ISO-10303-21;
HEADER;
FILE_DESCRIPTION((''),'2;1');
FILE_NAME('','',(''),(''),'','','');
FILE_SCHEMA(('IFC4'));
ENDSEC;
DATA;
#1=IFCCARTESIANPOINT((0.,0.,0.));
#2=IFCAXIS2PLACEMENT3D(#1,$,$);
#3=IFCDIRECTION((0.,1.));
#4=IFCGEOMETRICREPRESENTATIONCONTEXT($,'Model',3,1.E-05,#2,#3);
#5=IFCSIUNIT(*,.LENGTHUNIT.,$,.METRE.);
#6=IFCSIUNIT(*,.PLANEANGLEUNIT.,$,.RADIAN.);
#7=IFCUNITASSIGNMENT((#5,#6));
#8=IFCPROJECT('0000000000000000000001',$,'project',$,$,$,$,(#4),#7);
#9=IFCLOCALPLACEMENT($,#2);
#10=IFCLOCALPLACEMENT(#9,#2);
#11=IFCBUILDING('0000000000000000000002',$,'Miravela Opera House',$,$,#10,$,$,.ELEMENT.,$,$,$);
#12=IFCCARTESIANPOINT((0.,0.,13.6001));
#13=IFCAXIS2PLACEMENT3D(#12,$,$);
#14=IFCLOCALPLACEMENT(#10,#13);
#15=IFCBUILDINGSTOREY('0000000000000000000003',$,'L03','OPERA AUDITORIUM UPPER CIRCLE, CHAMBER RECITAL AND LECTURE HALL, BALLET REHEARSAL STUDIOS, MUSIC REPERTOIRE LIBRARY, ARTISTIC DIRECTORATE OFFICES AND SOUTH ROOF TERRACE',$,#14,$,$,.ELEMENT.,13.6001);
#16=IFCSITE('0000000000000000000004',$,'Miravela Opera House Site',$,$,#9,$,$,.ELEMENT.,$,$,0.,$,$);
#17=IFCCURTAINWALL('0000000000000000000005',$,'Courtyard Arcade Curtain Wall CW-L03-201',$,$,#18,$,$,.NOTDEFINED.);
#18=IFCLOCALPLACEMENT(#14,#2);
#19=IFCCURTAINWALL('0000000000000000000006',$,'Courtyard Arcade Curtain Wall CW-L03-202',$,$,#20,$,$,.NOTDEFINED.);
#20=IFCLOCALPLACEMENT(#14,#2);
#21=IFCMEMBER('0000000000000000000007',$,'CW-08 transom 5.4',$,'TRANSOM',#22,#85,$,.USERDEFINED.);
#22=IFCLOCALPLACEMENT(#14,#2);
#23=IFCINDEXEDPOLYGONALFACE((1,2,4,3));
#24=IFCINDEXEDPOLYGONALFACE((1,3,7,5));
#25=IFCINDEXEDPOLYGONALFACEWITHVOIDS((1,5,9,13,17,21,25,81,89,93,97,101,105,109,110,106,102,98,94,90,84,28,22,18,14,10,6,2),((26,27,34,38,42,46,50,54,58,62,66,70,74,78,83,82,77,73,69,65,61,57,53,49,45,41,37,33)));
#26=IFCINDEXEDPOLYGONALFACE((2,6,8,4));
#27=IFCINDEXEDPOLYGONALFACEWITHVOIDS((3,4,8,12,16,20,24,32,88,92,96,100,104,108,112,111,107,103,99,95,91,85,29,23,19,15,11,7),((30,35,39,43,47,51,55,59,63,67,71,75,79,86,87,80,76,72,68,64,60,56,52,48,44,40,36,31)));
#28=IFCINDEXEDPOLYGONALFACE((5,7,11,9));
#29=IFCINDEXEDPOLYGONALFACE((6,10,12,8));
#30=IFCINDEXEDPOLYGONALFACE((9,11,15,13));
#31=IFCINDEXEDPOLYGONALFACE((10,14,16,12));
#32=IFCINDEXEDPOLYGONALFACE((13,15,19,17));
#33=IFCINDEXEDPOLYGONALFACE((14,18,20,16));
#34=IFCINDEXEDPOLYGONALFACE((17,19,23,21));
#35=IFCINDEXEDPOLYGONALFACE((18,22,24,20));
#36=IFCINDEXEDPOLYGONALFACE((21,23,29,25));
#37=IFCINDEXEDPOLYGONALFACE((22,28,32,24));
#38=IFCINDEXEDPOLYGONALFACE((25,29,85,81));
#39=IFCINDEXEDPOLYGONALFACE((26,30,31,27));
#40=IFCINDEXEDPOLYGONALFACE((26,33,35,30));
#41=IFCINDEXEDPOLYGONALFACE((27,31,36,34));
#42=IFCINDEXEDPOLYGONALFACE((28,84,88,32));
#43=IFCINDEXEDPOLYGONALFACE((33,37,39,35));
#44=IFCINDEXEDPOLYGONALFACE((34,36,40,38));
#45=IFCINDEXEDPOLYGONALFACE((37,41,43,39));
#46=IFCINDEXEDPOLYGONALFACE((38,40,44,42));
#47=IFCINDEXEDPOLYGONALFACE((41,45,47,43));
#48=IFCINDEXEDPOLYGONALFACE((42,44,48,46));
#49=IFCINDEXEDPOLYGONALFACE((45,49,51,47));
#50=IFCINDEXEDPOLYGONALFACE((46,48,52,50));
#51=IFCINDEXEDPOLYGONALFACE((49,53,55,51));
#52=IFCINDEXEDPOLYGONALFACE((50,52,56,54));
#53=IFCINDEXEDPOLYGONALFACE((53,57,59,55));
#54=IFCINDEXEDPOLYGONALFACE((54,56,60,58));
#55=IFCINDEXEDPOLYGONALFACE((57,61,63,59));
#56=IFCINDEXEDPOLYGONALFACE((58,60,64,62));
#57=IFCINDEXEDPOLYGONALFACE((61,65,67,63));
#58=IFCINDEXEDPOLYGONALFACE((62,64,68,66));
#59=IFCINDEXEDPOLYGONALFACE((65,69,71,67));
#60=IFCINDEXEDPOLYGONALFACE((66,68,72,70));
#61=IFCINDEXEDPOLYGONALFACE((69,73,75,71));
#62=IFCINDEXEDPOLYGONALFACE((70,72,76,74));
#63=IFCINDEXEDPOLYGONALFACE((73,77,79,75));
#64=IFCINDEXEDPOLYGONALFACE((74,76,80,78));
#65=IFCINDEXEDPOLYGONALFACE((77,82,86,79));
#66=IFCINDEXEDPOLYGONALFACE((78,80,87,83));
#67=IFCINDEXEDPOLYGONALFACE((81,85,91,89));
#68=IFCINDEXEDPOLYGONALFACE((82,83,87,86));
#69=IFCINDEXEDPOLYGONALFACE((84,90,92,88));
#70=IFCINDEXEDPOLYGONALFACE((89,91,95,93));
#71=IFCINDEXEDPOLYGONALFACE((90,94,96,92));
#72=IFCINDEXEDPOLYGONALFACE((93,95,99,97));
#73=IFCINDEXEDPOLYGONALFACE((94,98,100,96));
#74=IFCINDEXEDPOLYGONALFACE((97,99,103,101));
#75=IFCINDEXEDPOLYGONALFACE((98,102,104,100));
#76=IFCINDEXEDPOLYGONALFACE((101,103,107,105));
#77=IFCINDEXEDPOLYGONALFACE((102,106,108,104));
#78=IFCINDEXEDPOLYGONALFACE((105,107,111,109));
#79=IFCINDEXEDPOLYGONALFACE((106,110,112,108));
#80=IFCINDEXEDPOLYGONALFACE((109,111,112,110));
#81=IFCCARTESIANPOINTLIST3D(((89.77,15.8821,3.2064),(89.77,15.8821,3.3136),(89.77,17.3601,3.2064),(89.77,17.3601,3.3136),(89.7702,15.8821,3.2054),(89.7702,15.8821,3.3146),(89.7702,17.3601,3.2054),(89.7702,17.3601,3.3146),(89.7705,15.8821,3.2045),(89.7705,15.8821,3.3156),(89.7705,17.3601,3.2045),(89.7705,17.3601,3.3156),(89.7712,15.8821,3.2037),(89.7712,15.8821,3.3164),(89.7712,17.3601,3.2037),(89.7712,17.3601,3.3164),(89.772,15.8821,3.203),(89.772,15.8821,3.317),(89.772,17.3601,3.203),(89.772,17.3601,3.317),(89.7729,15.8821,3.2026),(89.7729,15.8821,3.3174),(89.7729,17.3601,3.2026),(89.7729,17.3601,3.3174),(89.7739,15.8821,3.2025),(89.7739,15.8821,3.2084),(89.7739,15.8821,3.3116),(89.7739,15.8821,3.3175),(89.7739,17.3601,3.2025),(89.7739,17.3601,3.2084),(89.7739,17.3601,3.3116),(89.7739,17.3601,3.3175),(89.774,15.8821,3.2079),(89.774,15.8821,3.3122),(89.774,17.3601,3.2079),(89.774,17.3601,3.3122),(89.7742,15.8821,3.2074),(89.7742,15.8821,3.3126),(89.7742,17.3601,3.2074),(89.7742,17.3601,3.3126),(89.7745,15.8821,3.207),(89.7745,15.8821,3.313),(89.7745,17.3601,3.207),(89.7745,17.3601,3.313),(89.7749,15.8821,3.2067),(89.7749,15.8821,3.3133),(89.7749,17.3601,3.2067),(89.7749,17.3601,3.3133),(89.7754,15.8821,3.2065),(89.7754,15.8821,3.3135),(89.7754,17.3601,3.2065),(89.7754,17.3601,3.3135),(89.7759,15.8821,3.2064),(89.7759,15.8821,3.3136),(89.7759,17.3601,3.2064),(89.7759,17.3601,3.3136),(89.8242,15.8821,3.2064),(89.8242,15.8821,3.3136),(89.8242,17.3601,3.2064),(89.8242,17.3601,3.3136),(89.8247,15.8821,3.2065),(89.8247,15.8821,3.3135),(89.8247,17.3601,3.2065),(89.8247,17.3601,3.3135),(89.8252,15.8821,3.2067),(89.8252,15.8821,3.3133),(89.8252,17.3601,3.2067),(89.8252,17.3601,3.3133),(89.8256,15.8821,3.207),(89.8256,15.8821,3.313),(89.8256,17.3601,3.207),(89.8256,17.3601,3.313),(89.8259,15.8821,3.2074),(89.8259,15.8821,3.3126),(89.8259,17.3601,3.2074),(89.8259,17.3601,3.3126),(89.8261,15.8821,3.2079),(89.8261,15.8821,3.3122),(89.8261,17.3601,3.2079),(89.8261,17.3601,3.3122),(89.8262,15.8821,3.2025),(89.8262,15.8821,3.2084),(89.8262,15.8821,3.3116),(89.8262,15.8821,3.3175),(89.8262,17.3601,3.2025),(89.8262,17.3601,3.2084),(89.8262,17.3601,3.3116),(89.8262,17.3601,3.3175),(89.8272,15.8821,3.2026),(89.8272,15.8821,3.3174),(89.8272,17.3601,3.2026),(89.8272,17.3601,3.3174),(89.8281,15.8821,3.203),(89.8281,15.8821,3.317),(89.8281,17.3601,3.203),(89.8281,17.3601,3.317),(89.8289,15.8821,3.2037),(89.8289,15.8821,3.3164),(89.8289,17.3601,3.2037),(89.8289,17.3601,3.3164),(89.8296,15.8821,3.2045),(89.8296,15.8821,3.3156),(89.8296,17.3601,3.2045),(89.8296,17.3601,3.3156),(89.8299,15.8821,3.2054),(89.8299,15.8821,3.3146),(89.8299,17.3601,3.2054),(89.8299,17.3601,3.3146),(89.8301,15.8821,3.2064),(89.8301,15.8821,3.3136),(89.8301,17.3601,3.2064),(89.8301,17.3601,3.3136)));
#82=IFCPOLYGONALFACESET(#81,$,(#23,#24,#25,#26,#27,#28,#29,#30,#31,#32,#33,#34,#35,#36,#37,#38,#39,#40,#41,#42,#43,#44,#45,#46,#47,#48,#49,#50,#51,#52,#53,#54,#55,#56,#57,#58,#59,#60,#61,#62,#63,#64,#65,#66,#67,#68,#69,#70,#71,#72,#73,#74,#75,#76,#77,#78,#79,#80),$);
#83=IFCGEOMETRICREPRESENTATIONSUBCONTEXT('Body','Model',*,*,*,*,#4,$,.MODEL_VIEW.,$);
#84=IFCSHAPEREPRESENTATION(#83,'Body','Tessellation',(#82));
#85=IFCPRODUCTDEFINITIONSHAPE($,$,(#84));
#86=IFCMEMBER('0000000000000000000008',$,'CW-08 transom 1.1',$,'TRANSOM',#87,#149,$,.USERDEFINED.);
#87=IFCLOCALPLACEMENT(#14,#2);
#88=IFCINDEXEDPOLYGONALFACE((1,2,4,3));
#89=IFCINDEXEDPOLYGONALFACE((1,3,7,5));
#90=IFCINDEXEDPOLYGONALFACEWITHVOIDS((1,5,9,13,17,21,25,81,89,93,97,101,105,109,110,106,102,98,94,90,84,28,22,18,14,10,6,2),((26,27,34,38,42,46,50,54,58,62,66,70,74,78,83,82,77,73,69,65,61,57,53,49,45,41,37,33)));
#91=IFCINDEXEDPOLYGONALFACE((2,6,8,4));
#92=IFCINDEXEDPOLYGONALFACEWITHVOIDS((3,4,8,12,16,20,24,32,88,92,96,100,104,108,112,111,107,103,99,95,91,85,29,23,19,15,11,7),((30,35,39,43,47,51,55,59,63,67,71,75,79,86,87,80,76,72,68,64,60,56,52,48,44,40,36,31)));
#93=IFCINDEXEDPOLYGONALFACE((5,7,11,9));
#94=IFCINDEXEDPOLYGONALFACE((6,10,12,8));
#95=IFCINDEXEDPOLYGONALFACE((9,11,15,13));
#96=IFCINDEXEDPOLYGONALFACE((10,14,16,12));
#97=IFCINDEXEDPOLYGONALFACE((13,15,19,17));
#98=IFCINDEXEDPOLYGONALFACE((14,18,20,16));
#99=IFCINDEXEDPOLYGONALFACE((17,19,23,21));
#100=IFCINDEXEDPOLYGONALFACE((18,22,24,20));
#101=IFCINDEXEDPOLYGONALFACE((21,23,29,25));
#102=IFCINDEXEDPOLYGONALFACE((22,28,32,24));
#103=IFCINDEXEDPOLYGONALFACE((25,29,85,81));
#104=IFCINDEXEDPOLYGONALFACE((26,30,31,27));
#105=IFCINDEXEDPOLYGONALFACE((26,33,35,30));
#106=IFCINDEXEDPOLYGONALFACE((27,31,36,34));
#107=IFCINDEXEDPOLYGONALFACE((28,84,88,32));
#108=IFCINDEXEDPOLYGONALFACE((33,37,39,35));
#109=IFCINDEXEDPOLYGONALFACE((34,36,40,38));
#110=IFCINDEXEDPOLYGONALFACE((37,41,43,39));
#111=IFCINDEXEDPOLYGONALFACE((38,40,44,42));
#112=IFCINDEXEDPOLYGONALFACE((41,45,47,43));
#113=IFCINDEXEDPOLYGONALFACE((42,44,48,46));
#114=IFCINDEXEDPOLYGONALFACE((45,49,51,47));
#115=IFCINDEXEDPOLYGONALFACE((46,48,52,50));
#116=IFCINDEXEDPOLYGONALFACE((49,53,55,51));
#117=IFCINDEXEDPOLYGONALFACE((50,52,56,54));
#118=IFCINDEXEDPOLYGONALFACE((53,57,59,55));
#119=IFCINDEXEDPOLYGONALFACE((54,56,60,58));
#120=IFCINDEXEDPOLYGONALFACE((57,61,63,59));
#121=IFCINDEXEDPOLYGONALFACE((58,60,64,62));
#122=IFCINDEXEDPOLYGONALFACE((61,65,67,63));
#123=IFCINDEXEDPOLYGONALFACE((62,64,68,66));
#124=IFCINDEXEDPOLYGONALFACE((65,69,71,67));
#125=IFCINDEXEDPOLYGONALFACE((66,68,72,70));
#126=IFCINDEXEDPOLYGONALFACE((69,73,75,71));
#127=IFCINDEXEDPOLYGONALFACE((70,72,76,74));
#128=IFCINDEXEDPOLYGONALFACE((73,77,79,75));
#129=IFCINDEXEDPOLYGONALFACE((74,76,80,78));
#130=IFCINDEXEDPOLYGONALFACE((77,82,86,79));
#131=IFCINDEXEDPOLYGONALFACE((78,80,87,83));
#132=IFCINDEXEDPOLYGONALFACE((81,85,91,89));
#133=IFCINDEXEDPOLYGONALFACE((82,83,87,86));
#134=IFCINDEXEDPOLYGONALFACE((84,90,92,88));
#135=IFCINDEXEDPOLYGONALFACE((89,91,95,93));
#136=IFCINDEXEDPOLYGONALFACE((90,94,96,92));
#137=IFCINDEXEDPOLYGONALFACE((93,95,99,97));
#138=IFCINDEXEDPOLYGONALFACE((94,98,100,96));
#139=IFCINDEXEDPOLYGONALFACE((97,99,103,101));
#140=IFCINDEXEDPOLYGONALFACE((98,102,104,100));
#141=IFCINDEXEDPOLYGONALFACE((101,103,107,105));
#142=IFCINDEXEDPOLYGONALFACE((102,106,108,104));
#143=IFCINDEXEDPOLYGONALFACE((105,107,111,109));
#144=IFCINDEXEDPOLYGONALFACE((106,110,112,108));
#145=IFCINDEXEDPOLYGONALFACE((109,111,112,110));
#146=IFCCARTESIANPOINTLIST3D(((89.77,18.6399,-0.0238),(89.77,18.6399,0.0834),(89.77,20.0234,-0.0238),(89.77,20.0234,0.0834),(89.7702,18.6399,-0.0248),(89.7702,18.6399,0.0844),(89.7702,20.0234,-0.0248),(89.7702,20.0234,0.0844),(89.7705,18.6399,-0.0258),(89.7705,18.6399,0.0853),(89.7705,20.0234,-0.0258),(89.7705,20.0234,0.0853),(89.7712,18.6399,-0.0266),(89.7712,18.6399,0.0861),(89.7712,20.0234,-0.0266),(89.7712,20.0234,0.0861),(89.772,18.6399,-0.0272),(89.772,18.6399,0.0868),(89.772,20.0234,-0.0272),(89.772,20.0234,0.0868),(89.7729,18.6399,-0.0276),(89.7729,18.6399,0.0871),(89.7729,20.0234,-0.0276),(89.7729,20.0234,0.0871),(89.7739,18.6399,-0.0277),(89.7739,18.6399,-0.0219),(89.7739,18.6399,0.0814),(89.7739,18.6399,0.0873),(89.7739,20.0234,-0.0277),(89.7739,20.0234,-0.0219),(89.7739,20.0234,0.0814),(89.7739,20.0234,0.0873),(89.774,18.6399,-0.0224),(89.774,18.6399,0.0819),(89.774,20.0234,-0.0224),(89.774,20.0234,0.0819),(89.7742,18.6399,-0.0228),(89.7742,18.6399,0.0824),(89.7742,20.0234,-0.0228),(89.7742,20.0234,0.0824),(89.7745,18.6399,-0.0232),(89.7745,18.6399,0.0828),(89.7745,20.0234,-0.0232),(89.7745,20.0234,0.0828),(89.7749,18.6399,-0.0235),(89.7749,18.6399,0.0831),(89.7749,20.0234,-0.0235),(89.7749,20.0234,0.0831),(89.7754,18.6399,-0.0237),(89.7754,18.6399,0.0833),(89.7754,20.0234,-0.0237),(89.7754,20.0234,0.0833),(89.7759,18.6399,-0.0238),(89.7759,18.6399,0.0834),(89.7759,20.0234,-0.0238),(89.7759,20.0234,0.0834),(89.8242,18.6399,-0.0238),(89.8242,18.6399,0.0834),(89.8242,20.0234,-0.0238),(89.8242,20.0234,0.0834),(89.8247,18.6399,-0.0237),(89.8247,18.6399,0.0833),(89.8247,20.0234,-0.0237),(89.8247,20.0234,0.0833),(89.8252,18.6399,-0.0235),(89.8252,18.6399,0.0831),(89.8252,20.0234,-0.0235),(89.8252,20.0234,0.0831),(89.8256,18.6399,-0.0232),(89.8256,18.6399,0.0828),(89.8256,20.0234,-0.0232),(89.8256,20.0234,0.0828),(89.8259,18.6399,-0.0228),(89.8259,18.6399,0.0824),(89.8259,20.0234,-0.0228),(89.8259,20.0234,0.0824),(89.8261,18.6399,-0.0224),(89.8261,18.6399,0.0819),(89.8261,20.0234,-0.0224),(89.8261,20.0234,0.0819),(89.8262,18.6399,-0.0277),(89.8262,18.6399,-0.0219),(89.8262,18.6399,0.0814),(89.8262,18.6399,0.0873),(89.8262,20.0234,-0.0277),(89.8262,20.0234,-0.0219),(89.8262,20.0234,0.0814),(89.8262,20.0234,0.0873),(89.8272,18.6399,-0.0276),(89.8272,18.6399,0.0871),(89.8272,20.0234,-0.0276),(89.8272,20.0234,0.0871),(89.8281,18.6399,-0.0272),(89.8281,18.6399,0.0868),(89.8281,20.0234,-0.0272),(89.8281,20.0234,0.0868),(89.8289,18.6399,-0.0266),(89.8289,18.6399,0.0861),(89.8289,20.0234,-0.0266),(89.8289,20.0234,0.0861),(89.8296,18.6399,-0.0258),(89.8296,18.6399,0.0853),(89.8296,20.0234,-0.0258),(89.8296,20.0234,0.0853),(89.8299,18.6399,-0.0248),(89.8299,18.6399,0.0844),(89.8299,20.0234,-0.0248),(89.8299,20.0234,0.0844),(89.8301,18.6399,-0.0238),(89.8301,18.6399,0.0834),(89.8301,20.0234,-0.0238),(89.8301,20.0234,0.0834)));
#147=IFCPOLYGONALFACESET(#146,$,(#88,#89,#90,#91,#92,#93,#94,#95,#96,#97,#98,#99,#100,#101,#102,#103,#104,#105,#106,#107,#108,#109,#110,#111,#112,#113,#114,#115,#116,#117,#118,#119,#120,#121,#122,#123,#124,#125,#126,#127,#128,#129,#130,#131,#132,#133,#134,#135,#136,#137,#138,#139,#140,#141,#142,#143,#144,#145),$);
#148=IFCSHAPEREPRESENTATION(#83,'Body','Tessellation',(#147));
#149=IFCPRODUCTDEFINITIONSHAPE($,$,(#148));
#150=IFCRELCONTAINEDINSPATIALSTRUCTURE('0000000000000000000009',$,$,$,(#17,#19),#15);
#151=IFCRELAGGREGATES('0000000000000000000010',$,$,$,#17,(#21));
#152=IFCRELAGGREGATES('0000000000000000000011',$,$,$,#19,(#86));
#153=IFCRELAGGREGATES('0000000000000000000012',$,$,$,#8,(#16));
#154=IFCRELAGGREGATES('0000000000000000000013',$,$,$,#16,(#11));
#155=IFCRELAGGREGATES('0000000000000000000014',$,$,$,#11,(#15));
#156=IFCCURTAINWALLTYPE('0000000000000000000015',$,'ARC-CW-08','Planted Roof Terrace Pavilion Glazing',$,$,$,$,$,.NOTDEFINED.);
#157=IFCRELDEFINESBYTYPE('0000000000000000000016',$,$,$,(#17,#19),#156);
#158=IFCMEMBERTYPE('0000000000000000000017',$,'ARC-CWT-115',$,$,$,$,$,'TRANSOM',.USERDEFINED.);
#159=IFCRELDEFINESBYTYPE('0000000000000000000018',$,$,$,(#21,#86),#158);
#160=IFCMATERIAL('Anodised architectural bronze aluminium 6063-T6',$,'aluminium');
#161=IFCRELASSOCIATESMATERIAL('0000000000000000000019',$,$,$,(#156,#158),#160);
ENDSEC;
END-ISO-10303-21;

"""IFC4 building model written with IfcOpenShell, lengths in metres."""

from ifc_helpers import new_model, si_unit, direction, frame, origin, origin_2d, place, context, subcontext, project, spatial, hollow_rectangle, extrude, material, material_profile, profile_set, type_object, element, aggregate, save


model = new_model("IFC4")

# Units and contexts
model_context = context("Model", 3, precision=1e-05, world=origin(), true_north=direction((0.0, 1.0)))
body_context = subcontext(model_context, "Body", "Model", "MODEL_VIEW")
ifc_project = project(units=[si_unit("LENGTHUNIT", "METRE"), si_unit("PLANEANGLEUNIT", "RADIAN")], contexts=[model_context])

# Site, building, storey
site_placement = place(None, origin())
site = spatial("IfcSite", under=ifc_project, at=site_placement, Name="Miravela Opera House Site", CompositionType="ELEMENT", RefElevation=0.0)
building_placement = place(site_placement, origin())
building = spatial("IfcBuilding", under=site, at=building_placement, Name="Miravela Opera House", CompositionType="ELEMENT")
storey_placement = place(building_placement, frame((0.0, 0.0, 13.6001)))
storey = spatial("IfcBuildingStorey", under=building, at=storey_placement, Name="L03", Description="OPERA AUDITORIUM UPPER CIRCLE, CHAMBER RECITAL AND LECTURE HALL, BALLET REHEARSAL STUDIOS, MUSIC REPERTOIRE LIBRARY, ARTISTIC DIRECTORATE OFFICES AND SOUTH ROOF TERRACE", CompositionType="ELEMENT", Elevation=13.6001)

# Curtain walls
ifc_material_1 = material(Name="Anodised architectural bronze aluminium 6063-T6", Category="aluminium")
curtain_wall_type = type_object("IfcCurtainWallType", Name="ARC-CW-08", Description="Planted Roof Terrace Pavilion Glazing", PredefinedType="NOTDEFINED", material=ifc_material_1)
curtain_wall_1_placement = place(storey_placement, origin())
curtain_wall_1 = element("IfcCurtainWall", 1, at=curtain_wall_1_placement, inside=storey, type_object=curtain_wall_type, Name="Courtyard Arcade Curtain Wall CW-L03-201", PredefinedType="NOTDEFINED")
curtain_wall_2_placement = place(storey_placement, origin())
curtain_wall_2 = element("IfcCurtainWall", 2, at=curtain_wall_2_placement, inside=storey, type_object=curtain_wall_type, Name="Courtyard Arcade Curtain Wall CW-L03-202", PredefinedType="NOTDEFINED")

# Members
ifc_material_profile_1 = material_profile(ifc_material_1, hollow_rectangle(XDim=0.0601, YDim=0.115, WallThickness=0.0039, InnerFilletRadius=0.002, OuterFilletRadius=0.0039, at=origin_2d()), Name="CWT-60X115")
ifc_profile_set_1 = profile_set([ifc_material_profile_1])
member_type_1 = type_object("IfcMemberType", Name="ARC-CWT-115", ElementType="TRANSOM", PredefinedType="USERDEFINED", material=ifc_profile_set_1)
member_1_placement = place(storey_placement, frame((89.8, 15.8821, 3.26), z_axis=(0.0, 1.0, 0.0), x_axis=(-1.0, 0.0, 0.0)))
member_1 = element("IfcMember", 3, at=member_1_placement, type_object=member_type_1, Name="CW-08 transom 5.4", ObjectType="TRANSOM", PredefinedType="USERDEFINED", context=body_context, shape_type="SweptSolid", body=[
    extrude(hollow_rectangle(XDim=0.0601, YDim=0.115, WallThickness=0.0039, InnerFilletRadius=0.002, OuterFilletRadius=0.0039, at=origin_2d()), origin(), (0.0, 0.0, 1.0), 1.478),
])
member_2_placement = place(storey_placement, frame((89.8, 18.6399, 0.0298), z_axis=(0.0, 1.0, 0.0), x_axis=(-1.0, 0.0, 0.0)))
member_2 = element("IfcMember", 4, at=member_2_placement, type_object=member_type_1, Name="CW-08 transom 1.1", ObjectType="TRANSOM", PredefinedType="USERDEFINED", context=body_context, shape_type="SweptSolid", body=[
    extrude(hollow_rectangle(XDim=0.0601, YDim=0.115, WallThickness=0.0039, InnerFilletRadius=0.002, OuterFilletRadius=0.0039, at=origin_2d()), origin(), (0.0, 0.0, 1.0), 1.3835),
])

aggregate(curtain_wall_1, [member_1])
aggregate(curtain_wall_2, [member_2])

save(model, "model.ifc")
